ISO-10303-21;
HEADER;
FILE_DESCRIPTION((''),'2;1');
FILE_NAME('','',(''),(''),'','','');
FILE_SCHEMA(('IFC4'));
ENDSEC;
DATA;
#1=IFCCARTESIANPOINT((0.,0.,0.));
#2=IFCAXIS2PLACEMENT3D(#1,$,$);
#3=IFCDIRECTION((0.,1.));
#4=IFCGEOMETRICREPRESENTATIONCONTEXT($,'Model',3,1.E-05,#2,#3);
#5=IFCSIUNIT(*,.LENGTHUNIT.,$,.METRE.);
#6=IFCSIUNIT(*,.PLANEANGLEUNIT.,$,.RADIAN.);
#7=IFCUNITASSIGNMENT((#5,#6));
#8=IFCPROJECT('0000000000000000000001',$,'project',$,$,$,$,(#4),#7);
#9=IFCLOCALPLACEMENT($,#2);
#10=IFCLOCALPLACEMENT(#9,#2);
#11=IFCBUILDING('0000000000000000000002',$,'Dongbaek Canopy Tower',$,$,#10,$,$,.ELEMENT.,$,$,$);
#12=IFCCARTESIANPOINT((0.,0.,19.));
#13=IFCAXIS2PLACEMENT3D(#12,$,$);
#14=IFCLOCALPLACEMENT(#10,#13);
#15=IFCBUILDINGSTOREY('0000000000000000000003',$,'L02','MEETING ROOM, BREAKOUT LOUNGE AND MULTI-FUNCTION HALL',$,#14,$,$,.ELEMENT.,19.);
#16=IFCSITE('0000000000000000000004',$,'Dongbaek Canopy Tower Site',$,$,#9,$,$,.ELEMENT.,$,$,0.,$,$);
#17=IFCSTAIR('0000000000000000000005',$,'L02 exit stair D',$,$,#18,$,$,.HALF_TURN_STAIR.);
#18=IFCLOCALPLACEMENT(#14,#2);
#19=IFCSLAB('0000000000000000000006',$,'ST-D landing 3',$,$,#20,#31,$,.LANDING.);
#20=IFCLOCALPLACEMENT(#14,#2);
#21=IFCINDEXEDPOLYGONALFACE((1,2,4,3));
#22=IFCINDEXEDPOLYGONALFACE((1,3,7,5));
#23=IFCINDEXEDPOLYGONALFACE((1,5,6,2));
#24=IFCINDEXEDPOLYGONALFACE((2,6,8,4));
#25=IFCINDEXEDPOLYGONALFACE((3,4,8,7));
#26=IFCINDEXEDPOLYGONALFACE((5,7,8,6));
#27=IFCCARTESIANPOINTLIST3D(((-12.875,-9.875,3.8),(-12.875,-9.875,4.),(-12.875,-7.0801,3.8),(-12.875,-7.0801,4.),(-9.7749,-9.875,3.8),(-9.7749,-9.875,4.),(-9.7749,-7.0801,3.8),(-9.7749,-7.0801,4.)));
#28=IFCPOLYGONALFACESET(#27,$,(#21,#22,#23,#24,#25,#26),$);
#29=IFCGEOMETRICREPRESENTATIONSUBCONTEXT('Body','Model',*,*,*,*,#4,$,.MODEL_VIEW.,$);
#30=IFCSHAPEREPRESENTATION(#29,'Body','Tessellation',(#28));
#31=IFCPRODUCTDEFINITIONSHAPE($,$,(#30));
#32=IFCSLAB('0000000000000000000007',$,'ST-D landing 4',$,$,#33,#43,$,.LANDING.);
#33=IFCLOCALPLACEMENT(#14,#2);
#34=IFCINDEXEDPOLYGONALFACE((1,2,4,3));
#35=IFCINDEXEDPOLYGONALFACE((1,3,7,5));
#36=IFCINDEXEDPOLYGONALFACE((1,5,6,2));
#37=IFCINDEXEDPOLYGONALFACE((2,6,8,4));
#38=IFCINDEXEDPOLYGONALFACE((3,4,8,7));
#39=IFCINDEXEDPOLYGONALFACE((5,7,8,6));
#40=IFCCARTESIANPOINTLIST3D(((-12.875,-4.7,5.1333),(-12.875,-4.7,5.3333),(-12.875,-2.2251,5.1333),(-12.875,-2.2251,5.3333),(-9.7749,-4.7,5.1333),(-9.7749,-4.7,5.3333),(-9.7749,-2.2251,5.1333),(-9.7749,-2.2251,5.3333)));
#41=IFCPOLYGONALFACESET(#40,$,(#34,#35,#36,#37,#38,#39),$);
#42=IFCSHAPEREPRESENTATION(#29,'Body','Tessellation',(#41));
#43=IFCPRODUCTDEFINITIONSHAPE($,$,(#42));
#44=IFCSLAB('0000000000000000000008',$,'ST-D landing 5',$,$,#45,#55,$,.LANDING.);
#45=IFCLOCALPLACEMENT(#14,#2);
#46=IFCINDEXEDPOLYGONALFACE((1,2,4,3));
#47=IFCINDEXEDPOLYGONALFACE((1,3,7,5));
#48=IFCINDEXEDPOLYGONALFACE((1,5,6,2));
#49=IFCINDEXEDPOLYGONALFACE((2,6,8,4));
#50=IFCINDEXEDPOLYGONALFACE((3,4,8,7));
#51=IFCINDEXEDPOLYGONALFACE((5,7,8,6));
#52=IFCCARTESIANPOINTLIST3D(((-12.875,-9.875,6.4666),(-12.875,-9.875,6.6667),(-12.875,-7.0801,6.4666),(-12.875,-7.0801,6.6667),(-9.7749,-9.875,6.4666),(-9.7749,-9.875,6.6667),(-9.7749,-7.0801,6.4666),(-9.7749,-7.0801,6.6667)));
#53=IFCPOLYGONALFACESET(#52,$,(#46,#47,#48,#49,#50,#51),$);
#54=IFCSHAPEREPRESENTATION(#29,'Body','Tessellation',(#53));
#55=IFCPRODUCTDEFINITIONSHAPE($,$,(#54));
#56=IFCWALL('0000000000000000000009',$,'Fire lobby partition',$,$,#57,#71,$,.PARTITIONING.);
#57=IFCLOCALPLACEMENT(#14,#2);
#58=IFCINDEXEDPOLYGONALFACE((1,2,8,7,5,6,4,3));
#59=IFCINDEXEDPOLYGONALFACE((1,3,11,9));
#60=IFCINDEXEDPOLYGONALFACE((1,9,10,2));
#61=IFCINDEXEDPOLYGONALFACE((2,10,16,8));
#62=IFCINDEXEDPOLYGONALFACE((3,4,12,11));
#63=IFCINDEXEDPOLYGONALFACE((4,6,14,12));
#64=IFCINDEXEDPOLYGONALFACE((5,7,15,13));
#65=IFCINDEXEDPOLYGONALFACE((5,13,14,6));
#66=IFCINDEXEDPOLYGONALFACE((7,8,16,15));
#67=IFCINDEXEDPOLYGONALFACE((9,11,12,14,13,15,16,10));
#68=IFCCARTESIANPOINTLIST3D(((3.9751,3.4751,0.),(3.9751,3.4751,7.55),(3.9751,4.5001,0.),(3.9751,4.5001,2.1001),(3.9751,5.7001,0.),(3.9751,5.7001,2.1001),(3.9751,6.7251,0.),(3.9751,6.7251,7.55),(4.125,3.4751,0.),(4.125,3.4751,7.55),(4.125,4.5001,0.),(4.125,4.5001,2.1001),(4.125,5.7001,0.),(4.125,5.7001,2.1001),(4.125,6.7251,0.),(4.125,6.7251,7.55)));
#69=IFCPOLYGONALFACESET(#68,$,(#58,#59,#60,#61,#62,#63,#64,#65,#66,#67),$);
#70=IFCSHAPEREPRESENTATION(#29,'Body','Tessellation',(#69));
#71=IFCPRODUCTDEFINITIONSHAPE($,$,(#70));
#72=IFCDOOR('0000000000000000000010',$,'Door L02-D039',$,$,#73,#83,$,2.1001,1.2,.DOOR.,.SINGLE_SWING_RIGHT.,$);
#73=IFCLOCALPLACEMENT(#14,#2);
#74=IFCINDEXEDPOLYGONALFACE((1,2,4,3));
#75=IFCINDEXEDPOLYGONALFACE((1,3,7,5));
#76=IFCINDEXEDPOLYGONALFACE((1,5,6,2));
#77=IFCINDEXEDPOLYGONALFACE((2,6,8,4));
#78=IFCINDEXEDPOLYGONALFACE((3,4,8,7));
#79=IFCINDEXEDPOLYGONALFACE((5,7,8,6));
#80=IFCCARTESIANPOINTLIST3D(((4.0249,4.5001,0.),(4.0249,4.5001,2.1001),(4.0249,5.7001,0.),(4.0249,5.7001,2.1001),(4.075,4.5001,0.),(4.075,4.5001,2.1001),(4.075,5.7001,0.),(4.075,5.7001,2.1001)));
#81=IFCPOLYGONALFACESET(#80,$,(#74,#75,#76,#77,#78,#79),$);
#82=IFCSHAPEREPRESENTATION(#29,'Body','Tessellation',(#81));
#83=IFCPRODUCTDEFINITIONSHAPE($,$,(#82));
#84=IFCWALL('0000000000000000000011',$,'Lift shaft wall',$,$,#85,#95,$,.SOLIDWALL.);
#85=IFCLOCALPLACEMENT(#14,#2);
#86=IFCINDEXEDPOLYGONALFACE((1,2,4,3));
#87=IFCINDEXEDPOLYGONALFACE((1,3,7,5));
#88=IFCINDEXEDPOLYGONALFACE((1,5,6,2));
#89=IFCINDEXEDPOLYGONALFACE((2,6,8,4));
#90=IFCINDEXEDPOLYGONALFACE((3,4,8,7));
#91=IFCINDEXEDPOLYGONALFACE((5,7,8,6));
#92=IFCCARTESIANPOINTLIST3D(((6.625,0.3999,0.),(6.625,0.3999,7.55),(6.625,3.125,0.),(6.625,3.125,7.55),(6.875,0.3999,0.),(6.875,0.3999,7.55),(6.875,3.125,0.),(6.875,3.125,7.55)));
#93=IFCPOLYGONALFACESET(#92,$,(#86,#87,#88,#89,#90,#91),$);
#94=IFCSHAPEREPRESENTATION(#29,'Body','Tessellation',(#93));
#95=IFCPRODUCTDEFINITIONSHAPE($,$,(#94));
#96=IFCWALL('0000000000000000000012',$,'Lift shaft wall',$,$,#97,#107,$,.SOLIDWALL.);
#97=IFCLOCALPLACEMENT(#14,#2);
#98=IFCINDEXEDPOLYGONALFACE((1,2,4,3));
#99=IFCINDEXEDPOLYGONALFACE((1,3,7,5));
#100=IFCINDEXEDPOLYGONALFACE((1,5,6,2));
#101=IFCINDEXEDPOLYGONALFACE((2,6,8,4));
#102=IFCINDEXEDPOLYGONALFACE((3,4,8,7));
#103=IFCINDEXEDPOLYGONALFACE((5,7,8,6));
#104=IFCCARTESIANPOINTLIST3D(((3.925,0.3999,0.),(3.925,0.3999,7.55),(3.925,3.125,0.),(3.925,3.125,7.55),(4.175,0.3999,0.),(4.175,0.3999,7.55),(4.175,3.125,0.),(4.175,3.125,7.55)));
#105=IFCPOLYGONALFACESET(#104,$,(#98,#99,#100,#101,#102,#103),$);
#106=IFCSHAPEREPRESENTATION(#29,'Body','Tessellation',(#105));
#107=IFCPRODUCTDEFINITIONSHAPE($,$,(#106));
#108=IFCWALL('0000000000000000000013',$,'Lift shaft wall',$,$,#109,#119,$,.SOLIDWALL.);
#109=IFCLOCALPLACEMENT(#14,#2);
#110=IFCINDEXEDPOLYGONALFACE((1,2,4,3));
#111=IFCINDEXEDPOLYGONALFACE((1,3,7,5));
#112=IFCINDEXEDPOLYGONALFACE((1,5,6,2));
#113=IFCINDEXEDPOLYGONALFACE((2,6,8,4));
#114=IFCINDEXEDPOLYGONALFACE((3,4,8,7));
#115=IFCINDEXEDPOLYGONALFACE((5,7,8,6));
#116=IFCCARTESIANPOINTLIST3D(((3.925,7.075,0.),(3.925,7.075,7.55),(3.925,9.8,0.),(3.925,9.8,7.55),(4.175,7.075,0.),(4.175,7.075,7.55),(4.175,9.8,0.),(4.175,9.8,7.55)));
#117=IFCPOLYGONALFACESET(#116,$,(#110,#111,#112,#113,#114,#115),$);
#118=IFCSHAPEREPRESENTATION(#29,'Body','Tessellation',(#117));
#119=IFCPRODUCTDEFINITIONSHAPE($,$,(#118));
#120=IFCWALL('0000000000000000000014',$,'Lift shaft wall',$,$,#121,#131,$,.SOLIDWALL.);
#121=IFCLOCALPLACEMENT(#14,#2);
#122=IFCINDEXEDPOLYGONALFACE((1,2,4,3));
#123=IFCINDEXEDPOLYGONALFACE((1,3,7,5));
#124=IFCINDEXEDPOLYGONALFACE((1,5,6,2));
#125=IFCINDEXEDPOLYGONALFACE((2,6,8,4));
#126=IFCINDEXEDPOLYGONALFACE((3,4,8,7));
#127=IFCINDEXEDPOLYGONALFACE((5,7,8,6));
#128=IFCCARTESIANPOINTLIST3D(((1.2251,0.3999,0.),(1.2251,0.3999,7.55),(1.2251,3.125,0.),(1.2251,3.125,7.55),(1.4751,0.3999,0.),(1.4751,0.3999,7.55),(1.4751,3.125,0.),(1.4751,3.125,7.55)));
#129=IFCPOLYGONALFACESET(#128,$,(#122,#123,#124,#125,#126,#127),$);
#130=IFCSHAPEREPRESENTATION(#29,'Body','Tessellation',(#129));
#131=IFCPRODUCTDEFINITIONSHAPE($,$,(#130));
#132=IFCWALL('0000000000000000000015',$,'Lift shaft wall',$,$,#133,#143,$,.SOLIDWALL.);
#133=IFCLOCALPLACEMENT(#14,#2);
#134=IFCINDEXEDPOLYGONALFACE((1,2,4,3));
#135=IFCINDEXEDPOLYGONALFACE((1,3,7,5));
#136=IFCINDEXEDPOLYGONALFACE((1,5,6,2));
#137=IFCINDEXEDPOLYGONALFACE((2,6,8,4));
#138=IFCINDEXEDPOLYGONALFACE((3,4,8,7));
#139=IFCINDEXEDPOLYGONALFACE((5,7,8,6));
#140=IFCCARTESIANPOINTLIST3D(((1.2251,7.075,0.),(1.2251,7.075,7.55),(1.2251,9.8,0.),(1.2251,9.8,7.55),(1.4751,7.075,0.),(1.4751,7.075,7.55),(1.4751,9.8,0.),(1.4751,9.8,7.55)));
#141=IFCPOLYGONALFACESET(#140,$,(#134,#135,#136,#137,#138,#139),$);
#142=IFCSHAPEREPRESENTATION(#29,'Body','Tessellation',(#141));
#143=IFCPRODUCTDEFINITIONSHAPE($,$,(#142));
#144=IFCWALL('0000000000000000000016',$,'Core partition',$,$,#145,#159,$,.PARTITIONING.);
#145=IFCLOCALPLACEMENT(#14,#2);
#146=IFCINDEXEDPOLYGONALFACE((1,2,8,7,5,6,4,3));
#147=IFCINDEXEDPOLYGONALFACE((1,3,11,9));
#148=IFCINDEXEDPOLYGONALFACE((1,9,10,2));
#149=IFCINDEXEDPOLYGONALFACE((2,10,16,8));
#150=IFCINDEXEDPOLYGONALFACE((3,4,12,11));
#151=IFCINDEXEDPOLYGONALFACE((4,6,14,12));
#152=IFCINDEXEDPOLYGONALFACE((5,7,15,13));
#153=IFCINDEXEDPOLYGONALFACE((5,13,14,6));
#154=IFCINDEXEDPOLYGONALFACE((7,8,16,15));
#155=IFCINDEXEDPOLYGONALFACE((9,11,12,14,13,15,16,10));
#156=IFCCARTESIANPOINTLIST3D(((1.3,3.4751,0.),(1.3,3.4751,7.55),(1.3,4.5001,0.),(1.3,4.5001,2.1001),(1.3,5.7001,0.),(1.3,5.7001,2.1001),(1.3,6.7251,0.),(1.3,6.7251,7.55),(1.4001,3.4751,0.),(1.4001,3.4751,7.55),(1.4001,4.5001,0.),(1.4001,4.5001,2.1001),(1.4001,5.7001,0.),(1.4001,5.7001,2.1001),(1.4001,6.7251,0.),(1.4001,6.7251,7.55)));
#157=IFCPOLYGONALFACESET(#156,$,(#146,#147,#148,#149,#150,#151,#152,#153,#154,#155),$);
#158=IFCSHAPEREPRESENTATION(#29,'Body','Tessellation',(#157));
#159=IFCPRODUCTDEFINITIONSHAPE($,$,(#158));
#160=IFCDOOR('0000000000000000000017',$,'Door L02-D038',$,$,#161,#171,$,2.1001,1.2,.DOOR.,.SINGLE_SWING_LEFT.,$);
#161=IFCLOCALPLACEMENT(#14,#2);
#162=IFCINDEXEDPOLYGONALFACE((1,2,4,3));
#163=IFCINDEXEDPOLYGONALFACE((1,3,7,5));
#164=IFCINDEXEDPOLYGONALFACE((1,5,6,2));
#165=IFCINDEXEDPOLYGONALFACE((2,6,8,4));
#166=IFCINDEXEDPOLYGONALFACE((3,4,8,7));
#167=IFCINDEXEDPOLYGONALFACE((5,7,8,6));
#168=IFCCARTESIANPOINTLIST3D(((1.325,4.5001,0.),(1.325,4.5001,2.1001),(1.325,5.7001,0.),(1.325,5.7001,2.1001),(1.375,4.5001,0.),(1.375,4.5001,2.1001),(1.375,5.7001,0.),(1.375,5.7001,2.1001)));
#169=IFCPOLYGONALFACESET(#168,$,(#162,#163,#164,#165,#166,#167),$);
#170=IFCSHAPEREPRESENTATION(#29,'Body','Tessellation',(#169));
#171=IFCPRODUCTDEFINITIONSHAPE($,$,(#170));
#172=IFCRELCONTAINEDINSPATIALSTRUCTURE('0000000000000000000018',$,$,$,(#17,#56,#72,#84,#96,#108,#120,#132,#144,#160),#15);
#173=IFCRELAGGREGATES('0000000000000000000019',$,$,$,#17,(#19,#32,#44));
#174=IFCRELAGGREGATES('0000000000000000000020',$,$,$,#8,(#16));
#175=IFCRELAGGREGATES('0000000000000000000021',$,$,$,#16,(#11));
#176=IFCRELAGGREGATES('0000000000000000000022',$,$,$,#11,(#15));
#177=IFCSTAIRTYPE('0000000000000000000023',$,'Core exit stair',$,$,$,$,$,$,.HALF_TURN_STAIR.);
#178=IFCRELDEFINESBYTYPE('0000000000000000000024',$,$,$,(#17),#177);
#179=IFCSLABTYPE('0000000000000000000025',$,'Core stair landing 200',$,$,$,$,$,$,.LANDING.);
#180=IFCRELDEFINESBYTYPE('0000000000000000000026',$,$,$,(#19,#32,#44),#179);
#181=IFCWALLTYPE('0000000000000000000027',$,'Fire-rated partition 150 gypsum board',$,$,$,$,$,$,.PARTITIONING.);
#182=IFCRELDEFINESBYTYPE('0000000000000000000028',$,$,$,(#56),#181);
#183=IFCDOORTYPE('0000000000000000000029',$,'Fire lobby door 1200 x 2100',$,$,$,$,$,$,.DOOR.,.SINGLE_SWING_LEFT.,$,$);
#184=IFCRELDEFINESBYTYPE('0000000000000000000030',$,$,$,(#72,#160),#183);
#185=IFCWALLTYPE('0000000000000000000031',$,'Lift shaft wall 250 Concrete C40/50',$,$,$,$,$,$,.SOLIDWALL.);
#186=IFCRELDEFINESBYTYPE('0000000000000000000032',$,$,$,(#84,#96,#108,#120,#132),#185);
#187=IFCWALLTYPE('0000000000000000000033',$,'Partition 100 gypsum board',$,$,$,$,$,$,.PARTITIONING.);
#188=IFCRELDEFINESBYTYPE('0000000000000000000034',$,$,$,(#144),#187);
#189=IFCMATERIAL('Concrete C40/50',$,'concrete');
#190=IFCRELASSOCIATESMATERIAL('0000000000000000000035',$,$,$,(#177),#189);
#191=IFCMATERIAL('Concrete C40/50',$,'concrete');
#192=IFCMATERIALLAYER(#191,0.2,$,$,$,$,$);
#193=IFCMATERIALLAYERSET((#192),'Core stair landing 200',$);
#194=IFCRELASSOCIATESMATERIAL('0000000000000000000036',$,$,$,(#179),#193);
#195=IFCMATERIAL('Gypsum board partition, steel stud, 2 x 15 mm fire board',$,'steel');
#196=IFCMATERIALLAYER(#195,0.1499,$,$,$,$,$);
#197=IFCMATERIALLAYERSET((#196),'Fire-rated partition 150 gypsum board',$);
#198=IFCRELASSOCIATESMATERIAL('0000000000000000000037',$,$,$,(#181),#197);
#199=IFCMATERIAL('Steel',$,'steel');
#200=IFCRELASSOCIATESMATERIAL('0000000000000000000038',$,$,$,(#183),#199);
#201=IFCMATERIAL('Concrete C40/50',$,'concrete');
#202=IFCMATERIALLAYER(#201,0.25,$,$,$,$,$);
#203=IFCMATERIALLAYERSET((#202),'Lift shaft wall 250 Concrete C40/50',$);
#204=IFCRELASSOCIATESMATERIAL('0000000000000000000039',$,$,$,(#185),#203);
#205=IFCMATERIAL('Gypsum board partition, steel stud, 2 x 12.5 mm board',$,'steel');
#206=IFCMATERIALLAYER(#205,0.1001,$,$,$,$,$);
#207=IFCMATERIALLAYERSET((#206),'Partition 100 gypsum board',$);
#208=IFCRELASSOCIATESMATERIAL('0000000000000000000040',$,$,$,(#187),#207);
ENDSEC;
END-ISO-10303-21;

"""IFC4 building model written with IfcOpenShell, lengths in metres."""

from ifc_helpers import new_model, si_unit, direction, frame, frame_2d, origin, place, context, subcontext, project, spatial, polyline, rectangle, outline, extrude, material, layer, layer_set, type_object, element, fill, aggregate, save


model = new_model("IFC4")

# Units and contexts
model_context = context("Model", 3, precision=1e-05, world=origin(), true_north=direction((0.0, 1.0)))
body_context = subcontext(model_context, "Body", "Model", "MODEL_VIEW")
ifc_project = project(units=[si_unit("LENGTHUNIT", "METRE"), si_unit("PLANEANGLEUNIT", "RADIAN")], contexts=[model_context])

# Site, building, storey
site_placement = place(None, origin())
site = spatial("IfcSite", under=ifc_project, at=site_placement, Name="Dongbaek Canopy Tower Site", CompositionType="ELEMENT", RefElevation=0.0)
building_placement = place(site_placement, origin())
building = spatial("IfcBuilding", under=site, at=building_placement, Name="Dongbaek Canopy Tower", CompositionType="ELEMENT")
storey_placement = place(building_placement, frame((0.0, 0.0, 19.0)))
storey = spatial("IfcBuildingStorey", under=building, at=storey_placement, Name="L02", Description="MEETING ROOM, BREAKOUT LOUNGE AND MULTI-FUNCTION HALL", CompositionType="ELEMENT", Elevation=19.0)

# Stair, slabs
ifc_material_1 = material(Name="Concrete C40/50", Category="concrete")
stair_type = type_object("IfcStairType", Name="Core exit stair", PredefinedType="HALF_TURN_STAIR", material=ifc_material_1)
stair_placement = place(storey_placement, origin())
stair = element("IfcStair", 1, at=stair_placement, inside=storey, type_object=stair_type, Name="L02 exit stair D", PredefinedType="HALF_TURN_STAIR")
ifc_material_2 = material(Name="Concrete C40/50", Category="concrete")
ifc_layer_1 = layer(ifc_material_2, 0.2)
ifc_layer_set_1 = layer_set([ifc_layer_1], Name="Core stair landing 200")
slab_type = type_object("IfcSlabType", Name="Core stair landing 200", PredefinedType="LANDING", material=ifc_layer_set_1)
slab_1_placement = place(storey_placement, frame((0.0, 0.0, 3.8)))
slab_1 = element("IfcSlab", 2, at=slab_1_placement, type_object=slab_type, Name="ST-D landing 3", PredefinedType="LANDING", context=body_context, shape_type="SweptSolid", body=[
    extrude(outline(polyline([(-12.875, -7.0801), (-12.875, -9.875), (-9.7749, -9.875), (-9.7749, -7.0801), (-12.875, -7.0801)])), origin(), (0.0, 0.0, 1.0), 0.2),
])
slab_2_placement = place(storey_placement, frame((0.0, 0.0, 5.1333)))
slab_2 = element("IfcSlab", 3, at=slab_2_placement, type_object=slab_type, Name="ST-D landing 4", PredefinedType="LANDING", context=body_context, shape_type="SweptSolid", body=[
    extrude(outline(polyline([(-12.875, -2.2251), (-12.875, -4.7), (-9.7749, -4.7), (-9.7749, -2.2251), (-12.875, -2.2251)])), origin(), (0.0, 0.0, 1.0), 0.2),
])
slab_3_placement = place(storey_placement, frame((0.0, 0.0, 6.4666)))
slab_3 = element("IfcSlab", 4, at=slab_3_placement, type_object=slab_type, Name="ST-D landing 5", PredefinedType="LANDING", context=body_context, shape_type="SweptSolid", body=[
    extrude(outline(polyline([(-12.875, -7.0801), (-12.875, -9.875), (-9.7749, -9.875), (-9.7749, -7.0801), (-12.875, -7.0801)])), origin(), (0.0, 0.0, 1.0), 0.2002),
])
aggregate(stair, [slab_1, slab_2, slab_3])

# Wall, opening, door
ifc_material_3 = material(Name="Gypsum board partition, steel stud, 2 x 15 mm fire board", Category="steel")
ifc_layer_2 = layer(ifc_material_3, 0.1499)
ifc_layer_set_2 = layer_set([ifc_layer_2], Name="Fire-rated partition 150 gypsum board")
wall_type_1 = type_object("IfcWallType", Name="Fire-rated partition 150 gypsum board", PredefinedType="PARTITIONING", material=ifc_layer_set_2)
wall_1_placement = place(storey_placement, frame((4.05, 6.7251, 0.0), z_axis=(0.0, 0.0, 1.0), x_axis=(0.0, -1.0, 0.0)))
wall_1 = element("IfcWall", 5, at=wall_1_placement, inside=storey, type_object=wall_type_1, Name="Fire lobby partition", PredefinedType="PARTITIONING", context=body_context, shape_type="SweptSolid", body=[
    extrude(rectangle(XDim=3.25, YDim=0.1499, at=frame_2d((1.625, 0.0))), origin(), (0.0, 0.0, 1.0), 7.55),
])
opening_1_placement = place(wall_1_placement, frame((1.0249, 0.0, 0.0)))
opening_1 = element("IfcOpeningElement", 6, at=opening_1_placement, cuts=wall_1, PredefinedType="OPENING", context=body_context, shape_type="SweptSolid", body=[
    extrude(rectangle(XDim=1.2, YDim=2.1001, at=frame_2d((0.6001, 1.05))), frame((0.0, 0.085, 0.0), z_axis=(0.0, -1.0, 0.0), x_axis=(1.0, 0.0, 0.0)), (0.0, 0.0, 1.0), 0.1699),
])
ifc_material_4 = material(Name="Steel", Category="steel")
door_type = type_object("IfcDoorType", Name="Fire lobby door 1200 x 2100", OperationType="SINGLE_SWING_LEFT", PredefinedType="DOOR", material=ifc_material_4)
door_1_placement = place(opening_1_placement, origin())
door_1 = element("IfcDoor", 7, at=door_1_placement, inside=storey, type_object=door_type, Name="Door L02-D039", OperationType="SINGLE_SWING_RIGHT", OverallHeight=2.1001, OverallWidth=1.2, PredefinedType="DOOR", context=body_context, shape_type="SweptSolid", body=[
    extrude(rectangle(XDim=1.2, YDim=2.1001, at=frame_2d((0.6001, 1.05))), frame((0.0, 0.0249, 0.0), z_axis=(0.0, -1.0, 0.0), x_axis=(1.0, 0.0, 0.0)), (0.0, 0.0, 1.0), 0.05),
])
fill(opening_1, door_1)

# Walls
ifc_material_5 = material(Name="Concrete C40/50", Category="concrete")
ifc_layer_3 = layer(ifc_material_5, 0.25)
ifc_layer_set_3 = layer_set([ifc_layer_3], Name="Lift shaft wall 250 Concrete C40/50")
wall_type_2 = type_object("IfcWallType", Name="Lift shaft wall 250 Concrete C40/50", PredefinedType="SOLIDWALL", material=ifc_layer_set_3)
for number, where, z_axis, x_axis, name in (
    (8, (6.75, 0.3999, 0.0), (0.0, 0.0, 1.0), (0.0, 1.0, 0.0), "Lift shaft wall"),
    (9, (4.05, 0.3999, 0.0), (0.0, 0.0, 1.0), (0.0, 1.0, 0.0), "Lift shaft wall"),
    (10, (4.05, 7.075, 0.0), (0.0, 0.0, 1.0), (0.0, 1.0, 0.0), "Lift shaft wall"),
    (11, (1.3501, 0.3999, 0.0), (0.0, 0.0, 1.0), (0.0, 1.0, 0.0), "Lift shaft wall"),
    (12, (1.3501, 7.075, 0.0), (0.0, 0.0, 1.0), (0.0, 1.0, 0.0), "Lift shaft wall"),
):
    element("IfcWall", number, at=place(storey_placement, frame(where, z_axis=z_axis, x_axis=x_axis)), inside=storey, type_object=wall_type_2, Name=name, PredefinedType="SOLIDWALL", context=body_context, shape_type="SweptSolid", body=[
        extrude(rectangle(XDim=2.7251, YDim=0.25, at=frame_2d((1.3625, 0.0))), origin(), (0.0, 0.0, 1.0), 7.55),
    ])

# Wall, opening, door
ifc_material_6 = material(Name="Gypsum board partition, steel stud, 2 x 12.5 mm board", Category="steel")
ifc_layer_4 = layer(ifc_material_6, 0.1001)
ifc_layer_set_4 = layer_set([ifc_layer_4], Name="Partition 100 gypsum board")
wall_type_3 = type_object("IfcWallType", Name="Partition 100 gypsum board", PredefinedType="PARTITIONING", material=ifc_layer_set_4)
wall_2_placement = place(storey_placement, frame((1.3501, 6.7251, 0.0), z_axis=(0.0, 0.0, 1.0), x_axis=(0.0, -1.0, 0.0)))
wall_2 = element("IfcWall", 13, at=wall_2_placement, inside=storey, type_object=wall_type_3, Name="Core partition", PredefinedType="PARTITIONING", context=body_context, shape_type="SweptSolid", body=[
    extrude(rectangle(XDim=3.25, YDim=0.1001, at=frame_2d((1.625, 0.0))), origin(), (0.0, 0.0, 1.0), 7.55),
])
opening_2_placement = place(wall_2_placement, frame((1.0249, 0.0, 0.0)))
opening_2 = element("IfcOpeningElement", 14, at=opening_2_placement, cuts=wall_2, PredefinedType="OPENING", context=body_context, shape_type="SweptSolid", body=[
    extrude(rectangle(XDim=1.2, YDim=2.1001, at=frame_2d((0.6001, 1.05))), frame((0.0, 0.0601, 0.0), z_axis=(0.0, -1.0, 0.0), x_axis=(1.0, 0.0, 0.0)), (0.0, 0.0, 1.0), 0.1201),
])
door_2_placement = place(opening_2_placement, origin())
door_2 = element("IfcDoor", 15, at=door_2_placement, inside=storey, type_object=door_type, Name="Door L02-D038", OperationType="SINGLE_SWING_LEFT", OverallHeight=2.1001, OverallWidth=1.2, PredefinedType="DOOR", context=body_context, shape_type="SweptSolid", body=[
    extrude(rectangle(XDim=1.2, YDim=2.1001, at=frame_2d((0.6001, 1.05))), frame((0.0, 0.0249, 0.0), z_axis=(0.0, -1.0, 0.0), x_axis=(1.0, 0.0, 0.0)), (0.0, 0.0, 1.0), 0.05),
])
fill(opening_2, door_2)

save(model, "model.ifc")
